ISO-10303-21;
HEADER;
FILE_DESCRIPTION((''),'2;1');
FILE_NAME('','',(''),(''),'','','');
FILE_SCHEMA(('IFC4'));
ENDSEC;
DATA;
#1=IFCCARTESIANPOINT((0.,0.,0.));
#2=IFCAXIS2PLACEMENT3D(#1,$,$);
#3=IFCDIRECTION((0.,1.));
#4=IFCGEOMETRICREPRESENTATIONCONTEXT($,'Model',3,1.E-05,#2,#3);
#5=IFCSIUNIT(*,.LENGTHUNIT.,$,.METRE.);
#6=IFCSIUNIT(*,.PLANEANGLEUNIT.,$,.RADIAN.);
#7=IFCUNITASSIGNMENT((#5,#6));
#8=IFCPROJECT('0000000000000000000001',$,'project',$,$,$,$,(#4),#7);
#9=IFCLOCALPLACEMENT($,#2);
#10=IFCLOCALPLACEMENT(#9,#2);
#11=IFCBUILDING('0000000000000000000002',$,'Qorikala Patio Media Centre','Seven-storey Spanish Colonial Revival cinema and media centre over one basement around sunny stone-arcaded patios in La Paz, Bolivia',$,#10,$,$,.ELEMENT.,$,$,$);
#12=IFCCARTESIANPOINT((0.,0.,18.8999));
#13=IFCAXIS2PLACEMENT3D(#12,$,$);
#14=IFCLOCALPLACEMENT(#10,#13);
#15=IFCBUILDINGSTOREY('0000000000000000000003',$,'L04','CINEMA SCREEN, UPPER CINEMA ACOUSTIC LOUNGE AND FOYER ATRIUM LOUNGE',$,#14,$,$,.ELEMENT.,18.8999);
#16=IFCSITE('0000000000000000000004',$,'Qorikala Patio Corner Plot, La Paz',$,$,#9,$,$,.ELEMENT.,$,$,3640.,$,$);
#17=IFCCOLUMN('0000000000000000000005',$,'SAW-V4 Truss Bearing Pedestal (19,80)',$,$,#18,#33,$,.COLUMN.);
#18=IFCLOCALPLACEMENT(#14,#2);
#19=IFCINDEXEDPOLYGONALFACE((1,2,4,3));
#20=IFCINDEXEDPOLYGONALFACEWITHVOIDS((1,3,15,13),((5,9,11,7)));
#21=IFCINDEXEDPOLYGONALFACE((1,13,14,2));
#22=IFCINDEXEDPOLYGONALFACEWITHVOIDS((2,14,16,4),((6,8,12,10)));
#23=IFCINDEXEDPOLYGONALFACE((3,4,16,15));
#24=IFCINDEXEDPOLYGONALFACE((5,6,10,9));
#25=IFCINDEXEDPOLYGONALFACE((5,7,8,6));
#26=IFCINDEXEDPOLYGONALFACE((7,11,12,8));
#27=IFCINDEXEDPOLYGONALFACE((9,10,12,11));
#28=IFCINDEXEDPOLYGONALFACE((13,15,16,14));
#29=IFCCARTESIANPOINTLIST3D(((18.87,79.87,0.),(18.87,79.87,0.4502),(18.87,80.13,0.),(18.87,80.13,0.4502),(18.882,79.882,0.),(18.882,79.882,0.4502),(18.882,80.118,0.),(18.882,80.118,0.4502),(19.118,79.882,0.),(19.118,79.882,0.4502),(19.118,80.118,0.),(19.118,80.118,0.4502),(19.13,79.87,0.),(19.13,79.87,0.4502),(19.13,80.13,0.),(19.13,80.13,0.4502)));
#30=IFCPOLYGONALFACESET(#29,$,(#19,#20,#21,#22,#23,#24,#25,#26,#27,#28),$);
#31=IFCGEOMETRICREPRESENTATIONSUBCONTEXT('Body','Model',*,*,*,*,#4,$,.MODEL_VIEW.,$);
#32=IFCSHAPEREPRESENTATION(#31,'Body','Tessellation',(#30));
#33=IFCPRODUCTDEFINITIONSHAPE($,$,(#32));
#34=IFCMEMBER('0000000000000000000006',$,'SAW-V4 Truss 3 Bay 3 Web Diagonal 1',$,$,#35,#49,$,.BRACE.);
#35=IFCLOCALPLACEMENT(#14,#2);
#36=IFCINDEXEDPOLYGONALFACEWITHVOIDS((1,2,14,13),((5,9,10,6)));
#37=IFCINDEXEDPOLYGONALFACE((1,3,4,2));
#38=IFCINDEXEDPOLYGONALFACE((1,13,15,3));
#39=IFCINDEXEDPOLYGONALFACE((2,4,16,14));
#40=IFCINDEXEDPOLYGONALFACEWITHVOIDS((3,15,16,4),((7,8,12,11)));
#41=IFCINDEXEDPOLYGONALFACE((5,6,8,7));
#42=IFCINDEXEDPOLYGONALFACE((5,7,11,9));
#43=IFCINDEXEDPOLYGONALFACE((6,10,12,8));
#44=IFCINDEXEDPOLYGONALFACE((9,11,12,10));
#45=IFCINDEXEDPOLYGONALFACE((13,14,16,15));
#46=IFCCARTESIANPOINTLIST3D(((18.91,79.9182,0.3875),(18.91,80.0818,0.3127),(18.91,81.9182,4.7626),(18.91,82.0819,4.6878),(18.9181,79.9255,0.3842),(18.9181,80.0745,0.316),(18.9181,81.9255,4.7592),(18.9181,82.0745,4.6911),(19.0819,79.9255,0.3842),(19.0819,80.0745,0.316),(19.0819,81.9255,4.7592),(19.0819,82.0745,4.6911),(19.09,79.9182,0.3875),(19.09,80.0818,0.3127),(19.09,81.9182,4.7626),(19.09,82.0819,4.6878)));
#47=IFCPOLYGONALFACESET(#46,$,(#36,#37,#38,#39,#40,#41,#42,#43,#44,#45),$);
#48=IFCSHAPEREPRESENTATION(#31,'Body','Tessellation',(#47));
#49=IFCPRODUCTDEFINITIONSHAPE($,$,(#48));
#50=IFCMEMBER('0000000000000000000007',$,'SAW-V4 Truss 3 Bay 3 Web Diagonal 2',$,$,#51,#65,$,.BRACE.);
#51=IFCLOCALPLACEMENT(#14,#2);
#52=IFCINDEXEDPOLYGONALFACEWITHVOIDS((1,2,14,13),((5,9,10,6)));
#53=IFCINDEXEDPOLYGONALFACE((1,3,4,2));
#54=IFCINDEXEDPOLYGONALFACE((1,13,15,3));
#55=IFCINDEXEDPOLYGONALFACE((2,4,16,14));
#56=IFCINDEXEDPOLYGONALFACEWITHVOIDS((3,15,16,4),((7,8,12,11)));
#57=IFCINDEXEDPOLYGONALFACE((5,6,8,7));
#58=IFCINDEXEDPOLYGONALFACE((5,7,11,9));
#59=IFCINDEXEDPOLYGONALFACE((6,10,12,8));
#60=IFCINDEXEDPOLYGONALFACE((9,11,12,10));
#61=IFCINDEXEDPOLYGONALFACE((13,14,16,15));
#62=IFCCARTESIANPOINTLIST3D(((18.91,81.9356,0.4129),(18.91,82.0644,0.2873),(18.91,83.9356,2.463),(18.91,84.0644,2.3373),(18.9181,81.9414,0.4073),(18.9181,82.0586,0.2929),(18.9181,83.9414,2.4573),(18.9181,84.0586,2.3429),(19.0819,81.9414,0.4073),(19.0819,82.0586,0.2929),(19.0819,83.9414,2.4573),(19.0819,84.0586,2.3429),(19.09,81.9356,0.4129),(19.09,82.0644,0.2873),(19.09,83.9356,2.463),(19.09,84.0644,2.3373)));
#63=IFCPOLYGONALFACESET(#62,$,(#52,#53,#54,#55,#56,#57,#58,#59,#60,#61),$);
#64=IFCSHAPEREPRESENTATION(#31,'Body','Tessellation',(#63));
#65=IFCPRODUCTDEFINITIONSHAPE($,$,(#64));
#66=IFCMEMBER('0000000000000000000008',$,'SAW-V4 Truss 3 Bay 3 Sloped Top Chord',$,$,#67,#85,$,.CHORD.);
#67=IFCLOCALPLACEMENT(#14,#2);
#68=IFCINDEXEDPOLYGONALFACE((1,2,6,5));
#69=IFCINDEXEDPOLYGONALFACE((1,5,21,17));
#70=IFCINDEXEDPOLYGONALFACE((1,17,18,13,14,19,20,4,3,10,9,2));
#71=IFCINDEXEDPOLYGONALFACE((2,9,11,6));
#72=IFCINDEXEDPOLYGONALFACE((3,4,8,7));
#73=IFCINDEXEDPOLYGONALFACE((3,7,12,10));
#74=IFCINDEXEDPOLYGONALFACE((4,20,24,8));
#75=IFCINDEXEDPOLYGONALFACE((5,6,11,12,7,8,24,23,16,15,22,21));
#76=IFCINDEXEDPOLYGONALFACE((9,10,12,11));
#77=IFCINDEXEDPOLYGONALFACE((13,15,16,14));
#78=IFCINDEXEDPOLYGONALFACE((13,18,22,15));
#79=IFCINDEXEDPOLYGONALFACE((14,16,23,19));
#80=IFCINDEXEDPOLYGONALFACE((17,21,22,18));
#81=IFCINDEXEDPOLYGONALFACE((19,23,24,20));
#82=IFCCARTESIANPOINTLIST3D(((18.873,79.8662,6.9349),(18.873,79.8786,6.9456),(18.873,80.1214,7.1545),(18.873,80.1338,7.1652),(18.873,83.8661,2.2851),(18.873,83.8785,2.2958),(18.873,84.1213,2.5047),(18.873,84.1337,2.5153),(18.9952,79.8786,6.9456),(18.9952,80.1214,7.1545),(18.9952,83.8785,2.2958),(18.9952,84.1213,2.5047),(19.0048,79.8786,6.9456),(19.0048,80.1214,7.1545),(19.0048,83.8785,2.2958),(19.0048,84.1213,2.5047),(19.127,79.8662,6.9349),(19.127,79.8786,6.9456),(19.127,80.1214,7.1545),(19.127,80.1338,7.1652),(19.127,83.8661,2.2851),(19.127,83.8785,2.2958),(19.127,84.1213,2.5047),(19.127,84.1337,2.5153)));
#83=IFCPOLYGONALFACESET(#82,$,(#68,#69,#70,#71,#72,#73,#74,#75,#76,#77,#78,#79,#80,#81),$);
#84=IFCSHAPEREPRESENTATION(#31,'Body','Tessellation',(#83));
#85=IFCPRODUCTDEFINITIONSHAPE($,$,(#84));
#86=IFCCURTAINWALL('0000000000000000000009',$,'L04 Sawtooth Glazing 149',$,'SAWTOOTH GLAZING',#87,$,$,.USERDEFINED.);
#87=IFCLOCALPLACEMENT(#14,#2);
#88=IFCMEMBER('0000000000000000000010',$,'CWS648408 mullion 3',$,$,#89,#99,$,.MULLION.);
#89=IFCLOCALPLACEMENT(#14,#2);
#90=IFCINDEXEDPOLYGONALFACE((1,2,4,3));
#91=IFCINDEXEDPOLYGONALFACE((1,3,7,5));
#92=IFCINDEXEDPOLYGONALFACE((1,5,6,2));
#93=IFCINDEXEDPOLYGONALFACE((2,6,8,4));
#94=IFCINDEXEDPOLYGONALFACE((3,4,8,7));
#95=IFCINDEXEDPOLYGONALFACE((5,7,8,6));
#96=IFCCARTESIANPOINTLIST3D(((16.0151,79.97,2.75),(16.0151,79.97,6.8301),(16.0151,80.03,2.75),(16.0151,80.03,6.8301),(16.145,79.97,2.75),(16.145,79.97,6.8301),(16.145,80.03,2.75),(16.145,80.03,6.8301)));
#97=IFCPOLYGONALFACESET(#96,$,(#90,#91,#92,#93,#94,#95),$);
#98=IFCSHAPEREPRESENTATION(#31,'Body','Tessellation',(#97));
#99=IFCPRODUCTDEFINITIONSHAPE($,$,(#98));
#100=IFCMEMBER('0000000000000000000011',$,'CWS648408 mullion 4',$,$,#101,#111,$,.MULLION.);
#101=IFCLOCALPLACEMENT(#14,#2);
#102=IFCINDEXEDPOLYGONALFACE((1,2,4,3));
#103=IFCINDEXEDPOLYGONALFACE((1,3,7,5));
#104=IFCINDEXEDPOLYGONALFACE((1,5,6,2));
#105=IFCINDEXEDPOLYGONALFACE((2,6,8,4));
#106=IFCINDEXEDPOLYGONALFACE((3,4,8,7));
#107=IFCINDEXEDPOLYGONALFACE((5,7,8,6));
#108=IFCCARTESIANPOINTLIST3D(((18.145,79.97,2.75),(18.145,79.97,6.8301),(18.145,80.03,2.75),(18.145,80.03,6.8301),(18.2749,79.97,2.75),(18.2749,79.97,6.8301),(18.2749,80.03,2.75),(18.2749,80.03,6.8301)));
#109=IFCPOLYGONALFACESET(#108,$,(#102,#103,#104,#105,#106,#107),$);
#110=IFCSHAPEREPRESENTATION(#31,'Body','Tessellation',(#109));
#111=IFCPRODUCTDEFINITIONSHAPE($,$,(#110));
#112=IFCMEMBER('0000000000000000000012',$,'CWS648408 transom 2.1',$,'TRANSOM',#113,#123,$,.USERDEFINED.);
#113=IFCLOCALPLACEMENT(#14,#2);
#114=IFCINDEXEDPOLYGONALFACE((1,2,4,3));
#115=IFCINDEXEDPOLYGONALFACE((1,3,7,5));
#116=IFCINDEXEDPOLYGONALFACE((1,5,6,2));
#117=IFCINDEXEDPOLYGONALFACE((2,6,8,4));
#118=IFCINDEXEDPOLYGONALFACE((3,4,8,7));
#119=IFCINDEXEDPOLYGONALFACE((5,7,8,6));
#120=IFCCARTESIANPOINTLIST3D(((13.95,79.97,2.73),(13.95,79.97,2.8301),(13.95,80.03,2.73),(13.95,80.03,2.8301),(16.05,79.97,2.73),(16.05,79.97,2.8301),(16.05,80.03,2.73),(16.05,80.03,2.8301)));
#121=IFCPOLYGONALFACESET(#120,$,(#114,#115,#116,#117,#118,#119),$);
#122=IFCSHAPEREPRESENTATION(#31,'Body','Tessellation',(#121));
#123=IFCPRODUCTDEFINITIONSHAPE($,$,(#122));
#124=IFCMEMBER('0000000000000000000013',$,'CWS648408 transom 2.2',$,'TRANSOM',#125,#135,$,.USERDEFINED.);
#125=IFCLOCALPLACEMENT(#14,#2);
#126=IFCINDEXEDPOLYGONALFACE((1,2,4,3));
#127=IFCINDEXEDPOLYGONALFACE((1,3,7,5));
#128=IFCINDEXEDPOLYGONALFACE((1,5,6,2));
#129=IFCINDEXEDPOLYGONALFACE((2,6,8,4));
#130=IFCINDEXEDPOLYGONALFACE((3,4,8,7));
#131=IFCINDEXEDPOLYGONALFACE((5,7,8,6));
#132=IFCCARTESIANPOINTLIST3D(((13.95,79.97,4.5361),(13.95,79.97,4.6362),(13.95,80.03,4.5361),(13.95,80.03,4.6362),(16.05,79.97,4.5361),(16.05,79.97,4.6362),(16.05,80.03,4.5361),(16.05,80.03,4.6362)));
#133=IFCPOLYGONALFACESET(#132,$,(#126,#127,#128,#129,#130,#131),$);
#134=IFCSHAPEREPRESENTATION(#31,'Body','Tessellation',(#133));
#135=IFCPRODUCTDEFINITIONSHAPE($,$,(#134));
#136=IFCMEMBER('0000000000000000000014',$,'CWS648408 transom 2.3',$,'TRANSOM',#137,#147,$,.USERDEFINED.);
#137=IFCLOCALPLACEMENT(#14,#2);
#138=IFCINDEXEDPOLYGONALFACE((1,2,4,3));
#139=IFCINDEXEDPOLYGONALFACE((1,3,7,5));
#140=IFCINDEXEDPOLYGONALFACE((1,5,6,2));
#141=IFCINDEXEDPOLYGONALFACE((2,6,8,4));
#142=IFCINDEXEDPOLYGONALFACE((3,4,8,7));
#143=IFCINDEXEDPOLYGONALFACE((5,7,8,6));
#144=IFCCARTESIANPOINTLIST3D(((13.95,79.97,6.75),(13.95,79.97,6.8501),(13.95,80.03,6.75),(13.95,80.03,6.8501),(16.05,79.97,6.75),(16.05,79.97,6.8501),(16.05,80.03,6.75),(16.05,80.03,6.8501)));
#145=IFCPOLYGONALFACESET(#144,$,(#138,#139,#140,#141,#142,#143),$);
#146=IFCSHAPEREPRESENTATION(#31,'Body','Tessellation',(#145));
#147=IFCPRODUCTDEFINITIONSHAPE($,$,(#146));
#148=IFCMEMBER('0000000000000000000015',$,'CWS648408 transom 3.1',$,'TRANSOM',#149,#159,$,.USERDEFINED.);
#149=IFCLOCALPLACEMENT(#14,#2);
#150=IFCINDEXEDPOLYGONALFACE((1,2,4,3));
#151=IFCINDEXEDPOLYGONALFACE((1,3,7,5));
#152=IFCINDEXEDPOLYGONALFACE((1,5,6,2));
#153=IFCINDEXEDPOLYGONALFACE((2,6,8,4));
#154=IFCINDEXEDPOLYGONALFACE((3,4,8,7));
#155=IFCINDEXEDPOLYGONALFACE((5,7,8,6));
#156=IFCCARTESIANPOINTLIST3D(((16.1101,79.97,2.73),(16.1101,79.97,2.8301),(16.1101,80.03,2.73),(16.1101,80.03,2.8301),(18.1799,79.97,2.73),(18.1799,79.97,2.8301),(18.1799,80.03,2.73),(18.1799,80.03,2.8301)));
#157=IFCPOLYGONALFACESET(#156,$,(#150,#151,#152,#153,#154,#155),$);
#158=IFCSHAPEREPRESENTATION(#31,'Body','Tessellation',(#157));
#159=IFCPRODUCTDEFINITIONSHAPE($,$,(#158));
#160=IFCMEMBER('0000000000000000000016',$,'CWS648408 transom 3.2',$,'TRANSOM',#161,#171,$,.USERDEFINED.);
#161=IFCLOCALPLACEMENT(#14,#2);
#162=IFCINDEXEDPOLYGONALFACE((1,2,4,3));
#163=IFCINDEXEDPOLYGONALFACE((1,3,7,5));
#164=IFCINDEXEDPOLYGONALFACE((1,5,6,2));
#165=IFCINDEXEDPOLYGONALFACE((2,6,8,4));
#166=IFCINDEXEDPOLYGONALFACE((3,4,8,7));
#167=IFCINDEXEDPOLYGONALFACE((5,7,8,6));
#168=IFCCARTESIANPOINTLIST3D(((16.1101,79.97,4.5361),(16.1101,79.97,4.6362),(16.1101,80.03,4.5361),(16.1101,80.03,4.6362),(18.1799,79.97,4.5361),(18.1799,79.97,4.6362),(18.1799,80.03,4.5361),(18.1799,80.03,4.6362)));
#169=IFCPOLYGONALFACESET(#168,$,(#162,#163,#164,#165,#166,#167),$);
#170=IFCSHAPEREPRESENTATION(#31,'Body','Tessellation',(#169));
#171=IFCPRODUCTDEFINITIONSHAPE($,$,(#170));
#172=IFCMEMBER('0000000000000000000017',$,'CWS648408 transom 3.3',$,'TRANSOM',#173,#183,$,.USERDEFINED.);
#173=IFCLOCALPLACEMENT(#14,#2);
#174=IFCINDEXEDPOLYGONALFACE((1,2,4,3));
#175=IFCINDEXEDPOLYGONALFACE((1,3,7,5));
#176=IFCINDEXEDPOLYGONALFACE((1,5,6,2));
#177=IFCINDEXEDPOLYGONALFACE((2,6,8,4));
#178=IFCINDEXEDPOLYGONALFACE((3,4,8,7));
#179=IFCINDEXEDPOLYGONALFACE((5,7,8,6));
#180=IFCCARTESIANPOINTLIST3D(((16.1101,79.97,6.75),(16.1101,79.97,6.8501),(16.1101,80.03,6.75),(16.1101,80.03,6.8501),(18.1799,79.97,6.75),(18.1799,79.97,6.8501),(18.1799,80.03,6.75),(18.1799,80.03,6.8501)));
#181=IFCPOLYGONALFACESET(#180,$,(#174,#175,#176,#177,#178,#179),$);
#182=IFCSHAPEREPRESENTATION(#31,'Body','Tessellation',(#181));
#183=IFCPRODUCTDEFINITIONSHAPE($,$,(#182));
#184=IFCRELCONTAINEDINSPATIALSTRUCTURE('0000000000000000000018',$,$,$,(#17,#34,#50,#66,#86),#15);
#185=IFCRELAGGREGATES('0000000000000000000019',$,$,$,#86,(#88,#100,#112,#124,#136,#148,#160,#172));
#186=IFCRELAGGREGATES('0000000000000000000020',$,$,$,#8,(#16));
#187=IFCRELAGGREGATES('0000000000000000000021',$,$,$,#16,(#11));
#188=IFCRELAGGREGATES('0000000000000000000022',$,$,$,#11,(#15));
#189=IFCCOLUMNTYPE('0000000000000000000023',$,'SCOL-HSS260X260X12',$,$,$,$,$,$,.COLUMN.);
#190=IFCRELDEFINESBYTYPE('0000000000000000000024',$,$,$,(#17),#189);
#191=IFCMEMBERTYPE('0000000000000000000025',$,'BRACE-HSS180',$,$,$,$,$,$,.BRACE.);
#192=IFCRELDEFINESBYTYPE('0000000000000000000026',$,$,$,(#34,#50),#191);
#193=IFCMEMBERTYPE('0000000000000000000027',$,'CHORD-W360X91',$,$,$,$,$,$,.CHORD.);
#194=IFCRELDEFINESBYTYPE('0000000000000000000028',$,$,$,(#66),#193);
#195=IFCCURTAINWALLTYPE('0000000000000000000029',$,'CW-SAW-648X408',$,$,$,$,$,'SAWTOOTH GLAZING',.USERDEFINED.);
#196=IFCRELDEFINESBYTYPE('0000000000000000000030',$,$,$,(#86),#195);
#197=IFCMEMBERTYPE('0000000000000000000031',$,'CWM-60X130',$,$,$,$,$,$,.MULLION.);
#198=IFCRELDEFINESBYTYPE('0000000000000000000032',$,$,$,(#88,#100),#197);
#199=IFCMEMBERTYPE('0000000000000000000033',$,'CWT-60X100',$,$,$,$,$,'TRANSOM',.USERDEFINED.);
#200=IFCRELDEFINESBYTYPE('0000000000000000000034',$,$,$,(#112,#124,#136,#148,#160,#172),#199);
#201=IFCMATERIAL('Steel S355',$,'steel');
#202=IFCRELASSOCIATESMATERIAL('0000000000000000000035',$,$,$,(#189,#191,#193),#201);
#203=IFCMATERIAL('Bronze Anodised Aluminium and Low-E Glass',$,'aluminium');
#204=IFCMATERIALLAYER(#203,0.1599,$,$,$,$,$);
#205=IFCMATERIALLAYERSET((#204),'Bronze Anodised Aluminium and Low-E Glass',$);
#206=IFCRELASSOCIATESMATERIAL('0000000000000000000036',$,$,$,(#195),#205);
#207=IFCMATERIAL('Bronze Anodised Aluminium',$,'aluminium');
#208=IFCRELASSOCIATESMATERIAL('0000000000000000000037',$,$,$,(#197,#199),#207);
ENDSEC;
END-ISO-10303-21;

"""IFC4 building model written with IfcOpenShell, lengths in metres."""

from ifc_helpers import new_model, si_unit, direction, frame, origin, origin_2d, place, context, subcontext, project, spatial, rectangle, hollow_rectangle, i_section, extrude, material, layer, layer_set, material_profile, profile_set, type_object, element, aggregate, save


model = new_model("IFC4")

# Units and contexts
model_context = context("Model", 3, precision=1e-05, world=origin(), true_north=direction((0.0, 1.0)))
body_context = subcontext(model_context, "Body", "Model", "MODEL_VIEW")
ifc_project = project(units=[si_unit("LENGTHUNIT", "METRE"), si_unit("PLANEANGLEUNIT", "RADIAN")], contexts=[model_context])

# Site, building, storey
site_placement = place(None, origin())
site = spatial("IfcSite", under=ifc_project, at=site_placement, Name="Qorikala Patio Corner Plot, La Paz", CompositionType="ELEMENT", RefElevation=3640.0)
building_placement = place(site_placement, origin())
building = spatial("IfcBuilding", under=site, at=building_placement, Name="Qorikala Patio Media Centre", Description="Seven-storey Spanish Colonial Revival cinema and media centre over one basement around sunny stone-arcaded patios in La Paz, Bolivia", CompositionType="ELEMENT")
storey_placement = place(building_placement, frame((0.0, 0.0, 18.8999)))
storey = spatial("IfcBuildingStorey", under=building, at=storey_placement, Name="L04", Description="CINEMA SCREEN, UPPER CINEMA ACOUSTIC LOUNGE AND FOYER ATRIUM LOUNGE", CompositionType="ELEMENT", Elevation=18.8999)

# Column
ifc_material_1 = material(Name="Steel S355", Category="steel")
ifc_material_profile_1 = material_profile(ifc_material_1, hollow_rectangle(XDim=0.26, YDim=0.26, WallThickness=0.012, at=origin_2d()), Name="HSS260X260X12")
ifc_profile_set_1 = profile_set([ifc_material_profile_1], Name="Steel S355")
column_type = type_object("IfcColumnType", Name="SCOL-HSS260X260X12", PredefinedType="COLUMN", material=ifc_profile_set_1)
column_placement = place(storey_placement, frame((19.0, 80.0, 0.0), z_axis=(0.0, 0.0, 1.0), x_axis=(1.0, 0.0, 0.0)))
element("IfcColumn", 1, at=column_placement, inside=storey, type_object=column_type, Name="SAW-V4 Truss Bearing Pedestal (19,80)", PredefinedType="COLUMN", context=body_context, shape_type="SweptSolid", body=[
    extrude(hollow_rectangle(XDim=0.26, YDim=0.26, WallThickness=0.012, at=origin_2d()), origin(), (0.0, 0.0, 1.0), 0.4502),
])

# Members
ifc_material_profile_2 = material_profile(ifc_material_1, hollow_rectangle(XDim=0.1799, YDim=0.1799, WallThickness=0.0081, at=origin_2d()), Name="HSS180X180X8")
ifc_profile_set_2 = profile_set([ifc_material_profile_2], Name="Steel S355")
member_type_1 = type_object("IfcMemberType", Name="BRACE-HSS180", PredefinedType="BRACE", material=ifc_profile_set_2)
member_1_placement = place(storey_placement, frame((19.0, 80.0, 0.3501), z_axis=(0.0, 0.41576, 0.909474), x_axis=(-1.0, 0.0, 0.0)))
element("IfcMember", 2, at=member_1_placement, inside=storey, type_object=member_type_1, Name="SAW-V4 Truss 3 Bay 3 Web Diagonal 1", PredefinedType="BRACE", context=body_context, shape_type="SweptSolid", body=[
    extrude(hollow_rectangle(XDim=0.1799, YDim=0.1799, WallThickness=0.0081, at=origin_2d()), origin(), (0.0, 0.0, 1.0), 4.8105),
])
member_2_placement = place(storey_placement, frame((19.0, 82.0, 0.3501), z_axis=(0.0, 0.698315, 0.71579), x_axis=(-1.0, 0.0, 0.0)))
element("IfcMember", 3, at=member_2_placement, inside=storey, type_object=member_type_1, Name="SAW-V4 Truss 3 Bay 3 Web Diagonal 2", PredefinedType="BRACE", context=body_context, shape_type="SweptSolid", body=[
    extrude(hollow_rectangle(XDim=0.1799, YDim=0.1799, WallThickness=0.0081, at=origin_2d()), origin(), (0.0, 0.0, 1.0), 2.864),
])
ifc_material_profile_3 = material_profile(ifc_material_1, i_section(OverallWidth=0.2539, OverallDepth=0.353, WebThickness=0.0095, FlangeThickness=0.0164, at=origin_2d()), Name="W360X91")
ifc_profile_set_3 = profile_set([ifc_material_profile_3], Name="Steel S355")
member_type_2 = type_object("IfcMemberType", Name="CHORD-W360X91", PredefinedType="CHORD", material=ifc_profile_set_3)
member_3_placement = place(storey_placement, frame((19.0, 80.0, 7.05), z_axis=(0.0, 0.652141, -0.758098), x_axis=(-1.0, 0.0, 0.0)))
element("IfcMember", 4, at=member_3_placement, inside=storey, type_object=member_type_2, Name="SAW-V4 Truss 3 Bay 3 Sloped Top Chord", PredefinedType="CHORD", context=body_context, shape_type="SweptSolid", body=[
    extrude(i_section(OverallWidth=0.2539, OverallDepth=0.353, WebThickness=0.0095, FlangeThickness=0.0164, at=origin_2d()), origin(), (0.0, 0.0, 1.0), 6.1335),
])

# Curtain wall, members
ifc_material_2 = material(Name="Bronze Anodised Aluminium and Low-E Glass", Category="aluminium")
ifc_layer_1 = layer(ifc_material_2, 0.1599)
ifc_layer_set_1 = layer_set([ifc_layer_1], Name="Bronze Anodised Aluminium and Low-E Glass")
curtain_wall_type = type_object("IfcCurtainWallType", Name="CW-SAW-648X408", ElementType="SAWTOOTH GLAZING", PredefinedType="USERDEFINED", material=ifc_layer_set_1)
curtain_wall_placement = place(storey_placement, origin())
curtain_wall = element("IfcCurtainWall", 5, at=curtain_wall_placement, inside=storey, type_object=curtain_wall_type, Name="L04 Sawtooth Glazing 149", ObjectType="SAWTOOTH GLAZING", PredefinedType="USERDEFINED")
ifc_material_3 = material(Name="Bronze Anodised Aluminium", Category="aluminium")
ifc_material_profile_4 = material_profile(ifc_material_3, rectangle(XDim=0.0601, YDim=0.1299, at=origin_2d()), Name="ALU MULLION 60x130")
ifc_profile_set_4 = profile_set([ifc_material_profile_4], Name="Bronze Anodised Aluminium")
member_type_3 = type_object("IfcMemberType", Name="CWM-60X130", PredefinedType="MULLION", material=ifc_profile_set_4)
member_4_placement = place(storey_placement, frame((16.0801, 80.0, 2.75), z_axis=(0.0, 0.0, 1.0), x_axis=(0.0, 1.0, 0.0)))
member_4 = element("IfcMember", 6, at=member_4_placement, type_object=member_type_3, Name="CWS648408 mullion 3", PredefinedType="MULLION", context=body_context, shape_type="SweptSolid", body=[
    extrude(rectangle(XDim=0.0601, YDim=0.1299, at=origin_2d()), origin(), (0.0, 0.0, 1.0), 4.0801),
])
member_5_placement = place(storey_placement, frame((18.21, 80.0, 2.75), z_axis=(0.0, 0.0, 1.0), x_axis=(0.0, 1.0, 0.0)))
member_5 = element("IfcMember", 7, at=member_5_placement, type_object=member_type_3, Name="CWS648408 mullion 4", PredefinedType="MULLION", context=body_context, shape_type="SweptSolid", body=[
    extrude(rectangle(XDim=0.0601, YDim=0.1299, at=origin_2d()), origin(), (0.0, 0.0, 1.0), 4.0801),
])
ifc_material_profile_5 = material_profile(ifc_material_3, rectangle(XDim=0.0601, YDim=0.1001, at=origin_2d()), Name="ALU TRANSOM 60x100")
ifc_profile_set_5 = profile_set([ifc_material_profile_5], Name="Bronze Anodised Aluminium")
member_type_4 = type_object("IfcMemberType", Name="CWT-60X100", ElementType="TRANSOM", PredefinedType="USERDEFINED", material=ifc_profile_set_5)
member_6_placement = place(storey_placement, frame((13.95, 80.0, 2.78), z_axis=(1.0, 0.0, 0.0), x_axis=(0.0, 1.0, 0.0)))
member_6 = element("IfcMember", 8, at=member_6_placement, type_object=member_type_4, Name="CWS648408 transom 2.1", ObjectType="TRANSOM", PredefinedType="USERDEFINED", context=body_context, shape_type="SweptSolid", body=[
    extrude(rectangle(XDim=0.0601, YDim=0.1001, at=origin_2d()), origin(), (0.0, 0.0, 1.0), 2.1001),
])
member_7_placement = place(storey_placement, frame((13.95, 80.0, 4.5862), z_axis=(1.0, 0.0, 0.0), x_axis=(0.0, 1.0, 0.0)))
member_7 = element("IfcMember", 9, at=member_7_placement, type_object=member_type_4, Name="CWS648408 transom 2.2", ObjectType="TRANSOM", PredefinedType="USERDEFINED", context=body_context, shape_type="SweptSolid", body=[
    extrude(rectangle(XDim=0.0601, YDim=0.1001, at=origin_2d()), origin(), (0.0, 0.0, 1.0), 2.1001),
])
member_8_placement = place(storey_placement, frame((13.95, 80.0, 6.8), z_axis=(1.0, 0.0, 0.0), x_axis=(0.0, 1.0, 0.0)))
member_8 = element("IfcMember", 10, at=member_8_placement, type_object=member_type_4, Name="CWS648408 transom 2.3", ObjectType="TRANSOM", PredefinedType="USERDEFINED", context=body_context, shape_type="SweptSolid", body=[
    extrude(rectangle(XDim=0.0601, YDim=0.1001, at=origin_2d()), origin(), (0.0, 0.0, 1.0), 2.1001),
])
member_9_placement = place(storey_placement, frame((16.1101, 80.0, 2.78), z_axis=(1.0, 0.0, 0.0), x_axis=(0.0, 1.0, 0.0)))
member_9 = element("IfcMember", 11, at=member_9_placement, type_object=member_type_4, Name="CWS648408 transom 3.1", ObjectType="TRANSOM", PredefinedType="USERDEFINED", context=body_context, shape_type="SweptSolid", body=[
    extrude(rectangle(XDim=0.0601, YDim=0.1001, at=origin_2d()), origin(), (0.0, 0.0, 1.0), 2.0698),
])
member_10_placement = place(storey_placement, frame((16.1101, 80.0, 4.5862), z_axis=(1.0, 0.0, 0.0), x_axis=(0.0, 1.0, 0.0)))
member_10 = element("IfcMember", 12, at=member_10_placement, type_object=member_type_4, Name="CWS648408 transom 3.2", ObjectType="TRANSOM", PredefinedType="USERDEFINED", context=body_context, shape_type="SweptSolid", body=[
    extrude(rectangle(XDim=0.0601, YDim=0.1001, at=origin_2d()), origin(), (0.0, 0.0, 1.0), 2.0698),
])
member_11_placement = place(storey_placement, frame((16.1101, 80.0, 6.8), z_axis=(1.0, 0.0, 0.0), x_axis=(0.0, 1.0, 0.0)))
member_11 = element("IfcMember", 13, at=member_11_placement, type_object=member_type_4, Name="CWS648408 transom 3.3", ObjectType="TRANSOM", PredefinedType="USERDEFINED", context=body_context, shape_type="SweptSolid", body=[
    extrude(rectangle(XDim=0.0601, YDim=0.1001, at=origin_2d()), origin(), (0.0, 0.0, 1.0), 2.0698),
])

aggregate(curtain_wall, [member_4, member_5, member_6, member_7, member_8, member_9, member_10, member_11])

save(model, "model.ifc")
